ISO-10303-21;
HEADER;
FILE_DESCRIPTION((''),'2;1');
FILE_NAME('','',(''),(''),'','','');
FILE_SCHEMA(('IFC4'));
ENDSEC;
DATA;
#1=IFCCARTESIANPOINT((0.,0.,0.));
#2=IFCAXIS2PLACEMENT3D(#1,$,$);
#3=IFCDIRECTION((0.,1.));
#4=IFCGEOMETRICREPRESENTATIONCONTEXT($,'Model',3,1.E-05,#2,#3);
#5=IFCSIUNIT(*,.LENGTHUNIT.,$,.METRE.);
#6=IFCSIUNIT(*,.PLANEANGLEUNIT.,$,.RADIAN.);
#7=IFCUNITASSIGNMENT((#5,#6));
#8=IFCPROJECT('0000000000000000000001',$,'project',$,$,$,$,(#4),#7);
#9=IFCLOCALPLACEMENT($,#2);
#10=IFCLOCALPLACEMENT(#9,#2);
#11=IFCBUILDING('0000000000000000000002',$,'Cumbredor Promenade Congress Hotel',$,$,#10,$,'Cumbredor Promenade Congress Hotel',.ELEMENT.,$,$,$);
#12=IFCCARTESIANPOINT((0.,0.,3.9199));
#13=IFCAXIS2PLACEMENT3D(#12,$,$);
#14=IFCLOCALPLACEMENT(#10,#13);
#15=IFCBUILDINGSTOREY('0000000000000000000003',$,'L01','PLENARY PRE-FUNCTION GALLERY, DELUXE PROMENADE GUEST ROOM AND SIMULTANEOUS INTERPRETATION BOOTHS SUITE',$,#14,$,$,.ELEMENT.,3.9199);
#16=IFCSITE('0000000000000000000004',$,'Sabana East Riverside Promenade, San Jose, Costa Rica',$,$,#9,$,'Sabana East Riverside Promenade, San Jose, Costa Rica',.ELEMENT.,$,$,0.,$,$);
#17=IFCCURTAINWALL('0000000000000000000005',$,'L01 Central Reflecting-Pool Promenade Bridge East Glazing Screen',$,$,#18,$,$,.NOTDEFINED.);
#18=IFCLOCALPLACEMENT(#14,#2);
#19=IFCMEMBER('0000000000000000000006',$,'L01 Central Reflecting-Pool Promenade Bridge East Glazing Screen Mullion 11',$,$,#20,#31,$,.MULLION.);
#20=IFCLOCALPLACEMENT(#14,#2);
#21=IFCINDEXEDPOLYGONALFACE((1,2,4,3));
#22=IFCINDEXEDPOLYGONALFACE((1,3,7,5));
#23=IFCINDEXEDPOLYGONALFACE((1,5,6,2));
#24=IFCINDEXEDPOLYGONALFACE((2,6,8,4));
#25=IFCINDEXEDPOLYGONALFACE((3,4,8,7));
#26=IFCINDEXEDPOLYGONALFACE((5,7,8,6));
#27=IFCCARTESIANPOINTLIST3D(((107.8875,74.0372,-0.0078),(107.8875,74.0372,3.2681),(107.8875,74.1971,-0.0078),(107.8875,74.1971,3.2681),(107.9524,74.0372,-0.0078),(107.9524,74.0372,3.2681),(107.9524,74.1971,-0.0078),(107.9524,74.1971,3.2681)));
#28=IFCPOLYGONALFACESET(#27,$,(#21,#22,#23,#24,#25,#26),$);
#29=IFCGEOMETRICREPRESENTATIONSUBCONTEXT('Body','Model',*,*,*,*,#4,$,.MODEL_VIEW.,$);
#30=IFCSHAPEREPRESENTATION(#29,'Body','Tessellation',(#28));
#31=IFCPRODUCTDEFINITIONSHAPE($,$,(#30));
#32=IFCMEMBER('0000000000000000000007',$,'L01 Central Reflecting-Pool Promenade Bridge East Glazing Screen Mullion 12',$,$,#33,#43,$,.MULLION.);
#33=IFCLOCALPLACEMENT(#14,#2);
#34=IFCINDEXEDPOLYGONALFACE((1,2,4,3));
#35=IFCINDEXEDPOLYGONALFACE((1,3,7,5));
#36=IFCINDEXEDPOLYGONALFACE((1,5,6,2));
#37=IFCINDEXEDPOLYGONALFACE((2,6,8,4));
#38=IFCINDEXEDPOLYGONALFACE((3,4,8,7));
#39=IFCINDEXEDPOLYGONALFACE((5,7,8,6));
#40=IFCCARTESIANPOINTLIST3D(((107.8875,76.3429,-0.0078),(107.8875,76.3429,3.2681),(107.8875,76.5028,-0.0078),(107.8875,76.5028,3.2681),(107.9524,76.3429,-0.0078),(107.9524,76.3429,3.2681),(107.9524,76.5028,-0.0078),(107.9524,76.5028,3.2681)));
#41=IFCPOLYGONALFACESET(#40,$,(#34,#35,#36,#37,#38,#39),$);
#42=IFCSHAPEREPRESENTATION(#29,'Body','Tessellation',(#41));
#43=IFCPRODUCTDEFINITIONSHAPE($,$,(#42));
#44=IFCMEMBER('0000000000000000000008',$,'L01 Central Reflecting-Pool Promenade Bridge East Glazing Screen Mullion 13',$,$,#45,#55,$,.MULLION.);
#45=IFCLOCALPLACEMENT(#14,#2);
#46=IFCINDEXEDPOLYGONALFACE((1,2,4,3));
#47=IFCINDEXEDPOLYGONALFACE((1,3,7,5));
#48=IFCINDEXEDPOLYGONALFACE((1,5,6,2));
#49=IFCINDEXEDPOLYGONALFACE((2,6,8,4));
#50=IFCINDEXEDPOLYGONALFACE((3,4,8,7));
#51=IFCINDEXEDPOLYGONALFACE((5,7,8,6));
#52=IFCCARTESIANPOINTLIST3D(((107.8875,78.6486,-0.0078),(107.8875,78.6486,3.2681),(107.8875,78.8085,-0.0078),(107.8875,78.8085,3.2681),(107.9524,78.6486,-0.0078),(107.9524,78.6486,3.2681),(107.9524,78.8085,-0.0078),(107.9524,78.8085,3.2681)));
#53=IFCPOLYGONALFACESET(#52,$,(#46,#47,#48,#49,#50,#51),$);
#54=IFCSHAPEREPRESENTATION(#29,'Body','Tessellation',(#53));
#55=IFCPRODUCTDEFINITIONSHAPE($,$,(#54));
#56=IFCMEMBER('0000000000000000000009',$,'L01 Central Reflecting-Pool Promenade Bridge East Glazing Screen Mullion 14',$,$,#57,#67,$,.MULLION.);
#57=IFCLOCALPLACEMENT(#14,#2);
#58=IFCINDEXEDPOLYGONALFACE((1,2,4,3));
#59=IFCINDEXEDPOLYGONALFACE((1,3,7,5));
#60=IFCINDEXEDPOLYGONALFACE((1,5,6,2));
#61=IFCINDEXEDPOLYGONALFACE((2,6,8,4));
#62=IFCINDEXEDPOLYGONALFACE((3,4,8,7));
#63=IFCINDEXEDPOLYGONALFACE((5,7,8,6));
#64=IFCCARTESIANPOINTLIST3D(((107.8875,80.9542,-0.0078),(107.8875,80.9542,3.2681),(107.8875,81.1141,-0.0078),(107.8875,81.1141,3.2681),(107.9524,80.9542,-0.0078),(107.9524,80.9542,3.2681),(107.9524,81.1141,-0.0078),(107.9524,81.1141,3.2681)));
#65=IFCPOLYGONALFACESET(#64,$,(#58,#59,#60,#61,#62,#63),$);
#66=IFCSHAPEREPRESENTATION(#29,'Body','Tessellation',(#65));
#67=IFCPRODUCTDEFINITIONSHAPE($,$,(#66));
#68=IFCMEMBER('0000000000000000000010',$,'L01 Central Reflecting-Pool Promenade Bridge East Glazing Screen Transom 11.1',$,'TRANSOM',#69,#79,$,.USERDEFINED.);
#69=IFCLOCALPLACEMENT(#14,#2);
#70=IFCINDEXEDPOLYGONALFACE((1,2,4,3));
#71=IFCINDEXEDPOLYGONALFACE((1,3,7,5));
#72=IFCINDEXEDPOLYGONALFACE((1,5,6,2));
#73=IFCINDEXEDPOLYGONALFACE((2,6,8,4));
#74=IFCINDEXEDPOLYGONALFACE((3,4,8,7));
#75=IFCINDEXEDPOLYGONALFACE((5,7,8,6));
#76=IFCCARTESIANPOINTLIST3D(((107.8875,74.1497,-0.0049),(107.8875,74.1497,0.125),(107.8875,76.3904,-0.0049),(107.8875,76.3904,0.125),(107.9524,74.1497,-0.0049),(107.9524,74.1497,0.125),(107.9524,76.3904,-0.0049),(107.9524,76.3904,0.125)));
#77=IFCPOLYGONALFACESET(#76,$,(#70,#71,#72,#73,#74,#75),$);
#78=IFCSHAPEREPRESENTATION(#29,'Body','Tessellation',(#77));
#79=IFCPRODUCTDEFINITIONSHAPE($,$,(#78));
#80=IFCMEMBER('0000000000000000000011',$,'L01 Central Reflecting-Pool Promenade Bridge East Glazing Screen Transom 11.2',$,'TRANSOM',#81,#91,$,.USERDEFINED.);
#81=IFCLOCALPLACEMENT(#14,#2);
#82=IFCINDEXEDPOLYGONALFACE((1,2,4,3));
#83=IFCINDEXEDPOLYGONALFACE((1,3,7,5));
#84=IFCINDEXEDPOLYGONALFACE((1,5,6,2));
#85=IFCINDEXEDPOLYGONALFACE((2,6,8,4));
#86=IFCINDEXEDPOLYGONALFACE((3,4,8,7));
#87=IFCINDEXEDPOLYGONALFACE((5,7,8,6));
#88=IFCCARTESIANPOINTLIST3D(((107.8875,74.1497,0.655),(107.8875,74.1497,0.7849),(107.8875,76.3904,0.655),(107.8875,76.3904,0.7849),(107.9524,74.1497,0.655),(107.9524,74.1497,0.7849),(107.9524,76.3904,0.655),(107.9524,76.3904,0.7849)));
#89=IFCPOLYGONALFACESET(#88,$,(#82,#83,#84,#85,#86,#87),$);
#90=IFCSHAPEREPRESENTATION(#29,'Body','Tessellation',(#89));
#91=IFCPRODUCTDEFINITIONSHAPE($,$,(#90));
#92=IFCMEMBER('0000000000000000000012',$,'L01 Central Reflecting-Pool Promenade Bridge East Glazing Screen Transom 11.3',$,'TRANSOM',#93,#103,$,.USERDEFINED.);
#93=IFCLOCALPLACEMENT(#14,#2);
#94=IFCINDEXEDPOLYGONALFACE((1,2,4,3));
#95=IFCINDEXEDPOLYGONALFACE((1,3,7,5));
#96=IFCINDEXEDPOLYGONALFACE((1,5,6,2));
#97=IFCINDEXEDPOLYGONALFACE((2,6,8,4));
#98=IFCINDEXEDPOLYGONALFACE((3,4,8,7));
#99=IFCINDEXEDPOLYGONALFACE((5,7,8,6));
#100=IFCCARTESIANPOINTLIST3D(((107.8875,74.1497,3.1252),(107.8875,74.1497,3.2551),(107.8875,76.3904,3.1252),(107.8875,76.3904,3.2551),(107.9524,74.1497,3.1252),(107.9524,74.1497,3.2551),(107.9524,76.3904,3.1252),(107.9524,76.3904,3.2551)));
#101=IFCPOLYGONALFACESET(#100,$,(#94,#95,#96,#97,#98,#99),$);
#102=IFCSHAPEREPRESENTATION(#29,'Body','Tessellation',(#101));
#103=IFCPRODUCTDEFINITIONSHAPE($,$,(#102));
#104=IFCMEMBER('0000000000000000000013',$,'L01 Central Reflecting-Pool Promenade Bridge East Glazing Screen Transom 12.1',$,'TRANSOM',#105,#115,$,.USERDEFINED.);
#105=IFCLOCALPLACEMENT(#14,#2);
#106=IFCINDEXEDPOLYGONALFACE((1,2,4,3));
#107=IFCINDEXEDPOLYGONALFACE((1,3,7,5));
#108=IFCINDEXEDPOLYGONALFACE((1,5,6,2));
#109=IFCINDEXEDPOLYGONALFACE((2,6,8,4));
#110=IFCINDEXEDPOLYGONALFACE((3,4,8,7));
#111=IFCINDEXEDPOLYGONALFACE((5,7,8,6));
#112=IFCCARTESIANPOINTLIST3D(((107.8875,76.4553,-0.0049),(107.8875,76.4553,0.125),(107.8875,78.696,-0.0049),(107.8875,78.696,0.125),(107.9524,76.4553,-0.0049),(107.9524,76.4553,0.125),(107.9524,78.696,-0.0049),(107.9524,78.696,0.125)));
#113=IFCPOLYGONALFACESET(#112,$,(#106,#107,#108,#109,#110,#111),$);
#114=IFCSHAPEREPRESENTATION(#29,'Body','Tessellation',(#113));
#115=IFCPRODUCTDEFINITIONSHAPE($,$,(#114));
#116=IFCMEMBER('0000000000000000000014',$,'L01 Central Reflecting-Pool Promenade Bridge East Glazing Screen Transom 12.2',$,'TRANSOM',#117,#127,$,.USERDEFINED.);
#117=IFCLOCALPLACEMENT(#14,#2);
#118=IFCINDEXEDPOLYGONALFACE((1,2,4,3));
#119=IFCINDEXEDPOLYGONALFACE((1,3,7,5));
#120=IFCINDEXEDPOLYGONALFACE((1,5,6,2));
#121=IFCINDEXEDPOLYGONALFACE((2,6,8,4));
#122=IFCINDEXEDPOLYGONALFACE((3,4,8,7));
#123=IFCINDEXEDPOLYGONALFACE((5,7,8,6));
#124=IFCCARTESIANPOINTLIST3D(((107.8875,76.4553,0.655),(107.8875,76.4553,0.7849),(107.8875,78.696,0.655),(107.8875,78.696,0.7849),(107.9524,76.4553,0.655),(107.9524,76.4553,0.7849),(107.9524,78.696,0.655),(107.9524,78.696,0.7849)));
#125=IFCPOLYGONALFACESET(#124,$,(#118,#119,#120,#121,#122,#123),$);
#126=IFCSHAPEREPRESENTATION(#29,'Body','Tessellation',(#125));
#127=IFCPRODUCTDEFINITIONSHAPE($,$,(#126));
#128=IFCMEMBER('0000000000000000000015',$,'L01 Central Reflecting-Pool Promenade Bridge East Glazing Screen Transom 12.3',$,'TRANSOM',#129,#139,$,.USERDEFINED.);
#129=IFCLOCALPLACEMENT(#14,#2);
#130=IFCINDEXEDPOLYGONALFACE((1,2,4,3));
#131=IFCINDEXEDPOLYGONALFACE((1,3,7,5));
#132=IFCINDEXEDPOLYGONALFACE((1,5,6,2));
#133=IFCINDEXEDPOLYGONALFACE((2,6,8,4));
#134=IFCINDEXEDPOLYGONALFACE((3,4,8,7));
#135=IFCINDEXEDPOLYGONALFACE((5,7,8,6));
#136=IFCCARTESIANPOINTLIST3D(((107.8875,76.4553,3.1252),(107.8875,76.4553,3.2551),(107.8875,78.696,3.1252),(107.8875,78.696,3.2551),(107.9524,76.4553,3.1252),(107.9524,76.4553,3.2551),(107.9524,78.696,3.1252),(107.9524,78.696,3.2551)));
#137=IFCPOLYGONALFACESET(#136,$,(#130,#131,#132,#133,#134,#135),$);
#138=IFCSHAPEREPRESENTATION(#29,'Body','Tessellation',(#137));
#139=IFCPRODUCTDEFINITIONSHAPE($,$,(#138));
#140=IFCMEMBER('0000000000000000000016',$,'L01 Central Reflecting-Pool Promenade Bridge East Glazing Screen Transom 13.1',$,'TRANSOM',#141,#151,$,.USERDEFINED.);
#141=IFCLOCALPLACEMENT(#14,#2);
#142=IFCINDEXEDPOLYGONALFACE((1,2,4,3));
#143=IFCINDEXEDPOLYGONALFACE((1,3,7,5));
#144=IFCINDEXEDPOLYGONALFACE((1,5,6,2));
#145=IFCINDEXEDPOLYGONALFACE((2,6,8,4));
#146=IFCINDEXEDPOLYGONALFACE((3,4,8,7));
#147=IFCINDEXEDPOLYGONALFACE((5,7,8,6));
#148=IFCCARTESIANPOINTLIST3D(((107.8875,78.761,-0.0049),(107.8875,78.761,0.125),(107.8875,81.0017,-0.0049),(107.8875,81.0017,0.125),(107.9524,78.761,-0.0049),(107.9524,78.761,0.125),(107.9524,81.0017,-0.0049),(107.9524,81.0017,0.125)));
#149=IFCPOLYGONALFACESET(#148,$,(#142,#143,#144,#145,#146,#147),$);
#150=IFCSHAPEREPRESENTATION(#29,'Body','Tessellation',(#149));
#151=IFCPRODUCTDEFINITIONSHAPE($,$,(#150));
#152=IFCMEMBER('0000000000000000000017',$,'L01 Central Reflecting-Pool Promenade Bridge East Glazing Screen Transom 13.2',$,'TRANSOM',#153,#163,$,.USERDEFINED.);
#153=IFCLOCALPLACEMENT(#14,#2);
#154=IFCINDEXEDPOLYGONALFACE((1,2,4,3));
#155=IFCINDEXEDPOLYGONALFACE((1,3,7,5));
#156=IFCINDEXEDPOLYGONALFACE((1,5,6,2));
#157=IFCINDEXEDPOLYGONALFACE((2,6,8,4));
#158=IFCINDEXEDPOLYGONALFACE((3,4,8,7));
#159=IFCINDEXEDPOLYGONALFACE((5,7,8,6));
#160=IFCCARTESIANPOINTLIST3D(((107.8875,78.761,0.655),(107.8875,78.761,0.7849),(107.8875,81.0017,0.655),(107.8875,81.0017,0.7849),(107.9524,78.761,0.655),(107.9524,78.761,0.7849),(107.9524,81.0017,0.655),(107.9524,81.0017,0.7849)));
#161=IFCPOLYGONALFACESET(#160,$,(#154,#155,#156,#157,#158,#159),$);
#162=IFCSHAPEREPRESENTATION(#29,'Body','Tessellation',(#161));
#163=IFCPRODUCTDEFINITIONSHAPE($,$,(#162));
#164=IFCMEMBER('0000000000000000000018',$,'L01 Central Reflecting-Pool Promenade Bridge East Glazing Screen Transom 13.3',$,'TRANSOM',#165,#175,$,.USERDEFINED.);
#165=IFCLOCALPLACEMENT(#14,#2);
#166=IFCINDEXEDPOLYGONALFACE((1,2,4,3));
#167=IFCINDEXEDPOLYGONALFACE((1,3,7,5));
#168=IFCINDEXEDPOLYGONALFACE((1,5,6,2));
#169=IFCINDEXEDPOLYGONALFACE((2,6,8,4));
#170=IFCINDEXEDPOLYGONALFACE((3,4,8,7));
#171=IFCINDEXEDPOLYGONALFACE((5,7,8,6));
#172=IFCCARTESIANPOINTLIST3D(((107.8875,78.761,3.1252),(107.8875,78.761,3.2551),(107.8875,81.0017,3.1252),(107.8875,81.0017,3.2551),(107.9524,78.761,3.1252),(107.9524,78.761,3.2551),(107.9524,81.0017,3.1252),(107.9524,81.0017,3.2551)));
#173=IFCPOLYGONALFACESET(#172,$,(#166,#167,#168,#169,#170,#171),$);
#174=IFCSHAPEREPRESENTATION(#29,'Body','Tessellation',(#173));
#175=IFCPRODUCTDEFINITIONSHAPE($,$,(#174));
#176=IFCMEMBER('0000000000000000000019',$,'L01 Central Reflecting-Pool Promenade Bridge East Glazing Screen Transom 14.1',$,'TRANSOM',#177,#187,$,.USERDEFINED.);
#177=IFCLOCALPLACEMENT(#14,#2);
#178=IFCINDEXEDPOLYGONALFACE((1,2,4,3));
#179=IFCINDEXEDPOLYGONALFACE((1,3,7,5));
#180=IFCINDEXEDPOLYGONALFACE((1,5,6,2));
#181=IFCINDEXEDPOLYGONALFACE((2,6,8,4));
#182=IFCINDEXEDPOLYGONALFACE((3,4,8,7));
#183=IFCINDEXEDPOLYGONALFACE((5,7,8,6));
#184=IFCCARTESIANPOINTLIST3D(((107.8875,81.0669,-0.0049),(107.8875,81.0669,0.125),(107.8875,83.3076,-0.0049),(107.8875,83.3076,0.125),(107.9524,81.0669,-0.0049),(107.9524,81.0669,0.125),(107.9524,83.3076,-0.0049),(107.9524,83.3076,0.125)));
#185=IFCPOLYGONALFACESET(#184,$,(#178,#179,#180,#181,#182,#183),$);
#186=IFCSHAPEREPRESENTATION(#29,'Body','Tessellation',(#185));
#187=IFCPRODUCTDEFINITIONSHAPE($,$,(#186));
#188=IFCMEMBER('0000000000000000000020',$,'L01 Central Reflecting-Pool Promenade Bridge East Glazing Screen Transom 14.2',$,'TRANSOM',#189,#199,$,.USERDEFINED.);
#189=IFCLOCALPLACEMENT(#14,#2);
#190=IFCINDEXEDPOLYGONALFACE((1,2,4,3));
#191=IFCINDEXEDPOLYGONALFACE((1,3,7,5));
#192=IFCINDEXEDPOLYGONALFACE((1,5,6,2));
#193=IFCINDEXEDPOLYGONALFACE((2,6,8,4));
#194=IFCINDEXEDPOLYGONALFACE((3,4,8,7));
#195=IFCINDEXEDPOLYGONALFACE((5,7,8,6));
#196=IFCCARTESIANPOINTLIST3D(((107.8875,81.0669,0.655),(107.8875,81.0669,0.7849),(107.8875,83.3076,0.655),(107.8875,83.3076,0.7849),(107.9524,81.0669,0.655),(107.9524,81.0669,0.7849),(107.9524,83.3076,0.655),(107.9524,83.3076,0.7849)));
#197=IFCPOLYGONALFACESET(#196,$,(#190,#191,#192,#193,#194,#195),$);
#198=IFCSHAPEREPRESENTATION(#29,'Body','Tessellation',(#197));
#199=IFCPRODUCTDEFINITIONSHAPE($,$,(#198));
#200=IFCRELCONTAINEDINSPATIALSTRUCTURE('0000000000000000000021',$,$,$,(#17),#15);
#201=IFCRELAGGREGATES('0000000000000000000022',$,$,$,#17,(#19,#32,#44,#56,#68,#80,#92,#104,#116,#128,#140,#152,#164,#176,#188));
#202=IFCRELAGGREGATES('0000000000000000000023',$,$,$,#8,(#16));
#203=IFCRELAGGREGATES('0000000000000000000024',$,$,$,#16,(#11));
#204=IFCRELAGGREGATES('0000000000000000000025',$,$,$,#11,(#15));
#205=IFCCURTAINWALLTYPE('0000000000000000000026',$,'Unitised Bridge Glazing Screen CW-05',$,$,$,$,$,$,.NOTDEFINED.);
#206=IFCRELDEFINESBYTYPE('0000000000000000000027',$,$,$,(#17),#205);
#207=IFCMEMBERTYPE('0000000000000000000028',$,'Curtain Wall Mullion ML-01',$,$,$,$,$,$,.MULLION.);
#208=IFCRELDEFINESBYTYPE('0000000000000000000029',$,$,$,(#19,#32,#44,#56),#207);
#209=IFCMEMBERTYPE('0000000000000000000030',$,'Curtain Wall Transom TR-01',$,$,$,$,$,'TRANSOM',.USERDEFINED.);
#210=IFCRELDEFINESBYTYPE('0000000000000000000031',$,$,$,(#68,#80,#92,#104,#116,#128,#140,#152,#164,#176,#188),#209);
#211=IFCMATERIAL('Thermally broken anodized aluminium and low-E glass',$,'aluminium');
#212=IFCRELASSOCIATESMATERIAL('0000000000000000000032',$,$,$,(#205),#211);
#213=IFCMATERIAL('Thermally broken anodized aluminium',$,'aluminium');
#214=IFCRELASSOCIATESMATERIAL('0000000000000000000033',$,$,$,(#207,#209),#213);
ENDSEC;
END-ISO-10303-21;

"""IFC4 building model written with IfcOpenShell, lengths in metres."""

from ifc_helpers import new_model, si_unit, direction, frame, origin, origin_2d, place, context, subcontext, project, spatial, rectangle, extrude, material, material_profile, profile_set, type_object, element, aggregate, save


model = new_model("IFC4")

# Units and contexts
model_context = context("Model", 3, precision=1e-05, world=origin(), true_north=direction((0.0, 1.0)))
body_context = subcontext(model_context, "Body", "Model", "MODEL_VIEW")
ifc_project = project(units=[si_unit("LENGTHUNIT", "METRE"), si_unit("PLANEANGLEUNIT", "RADIAN")], contexts=[model_context])

# Site, building, storey
site_placement = place(None, origin())
site = spatial("IfcSite", under=ifc_project, at=site_placement, Name="Sabana East Riverside Promenade, San Jose, Costa Rica", LongName="Sabana East Riverside Promenade, San Jose, Costa Rica", CompositionType="ELEMENT", RefElevation=0.0)
building_placement = place(site_placement, origin())
building = spatial("IfcBuilding", under=site, at=building_placement, Name="Cumbredor Promenade Congress Hotel", LongName="Cumbredor Promenade Congress Hotel", CompositionType="ELEMENT")
storey_placement = place(building_placement, frame((0.0, 0.0, 3.9199)))
storey = spatial("IfcBuildingStorey", under=building, at=storey_placement, Name="L01", Description="PLENARY PRE-FUNCTION GALLERY, DELUXE PROMENADE GUEST ROOM AND SIMULTANEOUS INTERPRETATION BOOTHS SUITE", CompositionType="ELEMENT", Elevation=3.9199)

# Curtain wall, members
ifc_material_1 = material(Name="Thermally broken anodized aluminium and low-E glass", Category="aluminium")
curtain_wall_type = type_object("IfcCurtainWallType", Name="Unitised Bridge Glazing Screen CW-05", PredefinedType="NOTDEFINED", material=ifc_material_1)
curtain_wall_placement = place(storey_placement, origin())
curtain_wall = element("IfcCurtainWall", 1, at=curtain_wall_placement, inside=storey, type_object=curtain_wall_type, Name="L01 Central Reflecting-Pool Promenade Bridge East Glazing Screen", PredefinedType="NOTDEFINED")
ifc_material_2 = material(Name="Thermally broken anodized aluminium", Category="aluminium")
ifc_material_profile_1 = material_profile(ifc_material_2, rectangle(XDim=0.0649, YDim=0.1599, at=origin_2d()), Name="ALU MULLION 65x160")
ifc_profile_set_1 = profile_set([ifc_material_profile_1], Name="Thermally broken anodized aluminium")
member_type_1 = type_object("IfcMemberType", Name="Curtain Wall Mullion ML-01", PredefinedType="MULLION", material=ifc_profile_set_1)
member_1_placement = place(storey_placement, frame((107.9199, 74.1172, -0.0078), z_axis=(0.0, 0.0, 1.0), x_axis=(1.0, 0.0, 0.0)))
member_1 = element("IfcMember", 2, at=member_1_placement, type_object=member_type_1, Name="L01 Central Reflecting-Pool Promenade Bridge East Glazing Screen Mullion 11", PredefinedType="MULLION", context=body_context, shape_type="SweptSolid", body=[
    extrude(rectangle(XDim=0.0649, YDim=0.1599, at=origin_2d()), origin(), (0.0, 0.0, 1.0), 3.2759),
])
member_2_placement = place(storey_placement, frame((107.9199, 76.4229, -0.0078), z_axis=(0.0, 0.0, 1.0), x_axis=(1.0, 0.0, 0.0)))
member_2 = element("IfcMember", 3, at=member_2_placement, type_object=member_type_1, Name="L01 Central Reflecting-Pool Promenade Bridge East Glazing Screen Mullion 12", PredefinedType="MULLION", context=body_context, shape_type="SweptSolid", body=[
    extrude(rectangle(XDim=0.0649, YDim=0.1599, at=origin_2d()), origin(), (0.0, 0.0, 1.0), 3.2759),
])
member_3_placement = place(storey_placement, frame((107.9199, 78.7285, -0.0078), z_axis=(0.0, 0.0, 1.0), x_axis=(1.0, 0.0, 0.0)))
member_3 = element("IfcMember", 4, at=member_3_placement, type_object=member_type_1, Name="L01 Central Reflecting-Pool Promenade Bridge East Glazing Screen Mullion 13", PredefinedType="MULLION", context=body_context, shape_type="SweptSolid", body=[
    extrude(rectangle(XDim=0.0649, YDim=0.1599, at=origin_2d()), origin(), (0.0, 0.0, 1.0), 3.2759),
])
member_4_placement = place(storey_placement, frame((107.9199, 81.0342, -0.0078), z_axis=(0.0, 0.0, 1.0), x_axis=(1.0, 0.0, 0.0)))
member_4 = element("IfcMember", 5, at=member_4_placement, type_object=member_type_1, Name="L01 Central Reflecting-Pool Promenade Bridge East Glazing Screen Mullion 14", PredefinedType="MULLION", context=body_context, shape_type="SweptSolid", body=[
    extrude(rectangle(XDim=0.0649, YDim=0.1599, at=origin_2d()), origin(), (0.0, 0.0, 1.0), 3.2759),
])
ifc_material_profile_2 = material_profile(ifc_material_2, rectangle(XDim=0.0649, YDim=0.1299, at=origin_2d()), Name="ALU TRANSOM 65x130")
ifc_profile_set_2 = profile_set([ifc_material_profile_2], Name="Thermally broken anodized aluminium")
member_type_2 = type_object("IfcMemberType", Name="Curtain Wall Transom TR-01", ElementType="TRANSOM", PredefinedType="USERDEFINED", material=ifc_profile_set_2)
member_5_placement = place(storey_placement, frame((107.9199, 74.1497, 0.0601), z_axis=(0.0, 1.0, 0.0), x_axis=(-1.0, 0.0, 0.0)))
member_5 = element("IfcMember", 6, at=member_5_placement, type_object=member_type_2, Name="L01 Central Reflecting-Pool Promenade Bridge East Glazing Screen Transom 11.1", ObjectType="TRANSOM", PredefinedType="USERDEFINED", context=body_context, shape_type="SweptSolid", body=[
    extrude(rectangle(XDim=0.0649, YDim=0.1299, at=origin_2d()), origin(), (0.0, 0.0, 1.0), 2.2407),
])
member_6_placement = place(storey_placement, frame((107.9199, 74.1497, 0.72), z_axis=(0.0, 1.0, 0.0), x_axis=(-1.0, 0.0, 0.0)))
member_6 = element("IfcMember", 7, at=member_6_placement, type_object=member_type_2, Name="L01 Central Reflecting-Pool Promenade Bridge East Glazing Screen Transom 11.2", ObjectType="TRANSOM", PredefinedType="USERDEFINED", context=body_context, shape_type="SweptSolid", body=[
    extrude(rectangle(XDim=0.0649, YDim=0.1299, at=origin_2d()), origin(), (0.0, 0.0, 1.0), 2.2407),
])
member_7_placement = place(storey_placement, frame((107.9199, 74.1497, 3.1902), z_axis=(0.0, 1.0, 0.0), x_axis=(-1.0, 0.0, 0.0)))
member_7 = element("IfcMember", 8, at=member_7_placement, type_object=member_type_2, Name="L01 Central Reflecting-Pool Promenade Bridge East Glazing Screen Transom 11.3", ObjectType="TRANSOM", PredefinedType="USERDEFINED", context=body_context, shape_type="SweptSolid", body=[
    extrude(rectangle(XDim=0.0649, YDim=0.1299, at=origin_2d()), origin(), (0.0, 0.0, 1.0), 2.2407),
])
member_8_placement = place(storey_placement, frame((107.9199, 76.4553, 0.0601), z_axis=(0.0, 1.0, 0.0), x_axis=(-1.0, 0.0, 0.0)))
member_8 = element("IfcMember", 9, at=member_8_placement, type_object=member_type_2, Name="L01 Central Reflecting-Pool Promenade Bridge East Glazing Screen Transom 12.1", ObjectType="TRANSOM", PredefinedType="USERDEFINED", context=body_context, shape_type="SweptSolid", body=[
    extrude(rectangle(XDim=0.0649, YDim=0.1299, at=origin_2d()), origin(), (0.0, 0.0, 1.0), 2.2407),
])
member_9_placement = place(storey_placement, frame((107.9199, 76.4553, 0.72), z_axis=(0.0, 1.0, 0.0), x_axis=(-1.0, 0.0, 0.0)))
member_9 = element("IfcMember", 10, at=member_9_placement, type_object=member_type_2, Name="L01 Central Reflecting-Pool Promenade Bridge East Glazing Screen Transom 12.2", ObjectType="TRANSOM", PredefinedType="USERDEFINED", context=body_context, shape_type="SweptSolid", body=[
    extrude(rectangle(XDim=0.0649, YDim=0.1299, at=origin_2d()), origin(), (0.0, 0.0, 1.0), 2.2407),
])
member_10_placement = place(storey_placement, frame((107.9199, 76.4553, 3.1902), z_axis=(0.0, 1.0, 0.0), x_axis=(-1.0, 0.0, 0.0)))
member_10 = element("IfcMember", 11, at=member_10_placement, type_object=member_type_2, Name="L01 Central Reflecting-Pool Promenade Bridge East Glazing Screen Transom 12.3", ObjectType="TRANSOM", PredefinedType="USERDEFINED", context=body_context, shape_type="SweptSolid", body=[
    extrude(rectangle(XDim=0.0649, YDim=0.1299, at=origin_2d()), origin(), (0.0, 0.0, 1.0), 2.2407),
])
member_11_placement = place(storey_placement, frame((107.9199, 78.761, 0.0601), z_axis=(0.0, 1.0, 0.0), x_axis=(-1.0, 0.0, 0.0)))
member_11 = element("IfcMember", 12, at=member_11_placement, type_object=member_type_2, Name="L01 Central Reflecting-Pool Promenade Bridge East Glazing Screen Transom 13.1", ObjectType="TRANSOM", PredefinedType="USERDEFINED", context=body_context, shape_type="SweptSolid", body=[
    extrude(rectangle(XDim=0.0649, YDim=0.1299, at=origin_2d()), origin(), (0.0, 0.0, 1.0), 2.2407),
])
member_12_placement = place(storey_placement, frame((107.9199, 78.761, 0.72), z_axis=(0.0, 1.0, 0.0), x_axis=(-1.0, 0.0, 0.0)))
member_12 = element("IfcMember", 13, at=member_12_placement, type_object=member_type_2, Name="L01 Central Reflecting-Pool Promenade Bridge East Glazing Screen Transom 13.2", ObjectType="TRANSOM", PredefinedType="USERDEFINED", context=body_context, shape_type="SweptSolid", body=[
    extrude(rectangle(XDim=0.0649, YDim=0.1299, at=origin_2d()), origin(), (0.0, 0.0, 1.0), 2.2407),
])
member_13_placement = place(storey_placement, frame((107.9199, 78.761, 3.1902), z_axis=(0.0, 1.0, 0.0), x_axis=(-1.0, 0.0, 0.0)))
member_13 = element("IfcMember", 14, at=member_13_placement, type_object=member_type_2, Name="L01 Central Reflecting-Pool Promenade Bridge East Glazing Screen Transom 13.3", ObjectType="TRANSOM", PredefinedType="USERDEFINED", context=body_context, shape_type="SweptSolid", body=[
    extrude(rectangle(XDim=0.0649, YDim=0.1299, at=origin_2d()), origin(), (0.0, 0.0, 1.0), 2.2407),
])
member_14_placement = place(storey_placement, frame((107.9199, 81.0669, 0.0601), z_axis=(0.0, 1.0, 0.0), x_axis=(-1.0, 0.0, 0.0)))
member_14 = element("IfcMember", 15, at=member_14_placement, type_object=member_type_2, Name="L01 Central Reflecting-Pool Promenade Bridge East Glazing Screen Transom 14.1", ObjectType="TRANSOM", PredefinedType="USERDEFINED", context=body_context, shape_type="SweptSolid", body=[
    extrude(rectangle(XDim=0.0649, YDim=0.1299, at=origin_2d()), origin(), (0.0, 0.0, 1.0), 2.2407),
])
member_15_placement = place(storey_placement, frame((107.9199, 81.0669, 0.72), z_axis=(0.0, 1.0, 0.0), x_axis=(-1.0, 0.0, 0.0)))
member_15 = element("IfcMember", 16, at=member_15_placement, type_object=member_type_2, Name="L01 Central Reflecting-Pool Promenade Bridge East Glazing Screen Transom 14.2", ObjectType="TRANSOM", PredefinedType="USERDEFINED", context=body_context, shape_type="SweptSolid", body=[
    extrude(rectangle(XDim=0.0649, YDim=0.1299, at=origin_2d()), origin(), (0.0, 0.0, 1.0), 2.2407),
])
aggregate(curtain_wall, [member_1, member_2, member_3, member_4, member_5, member_6, member_7, member_8, member_9, member_10, member_11, member_12, member_13, member_14, member_15])

save(model, "model.ifc")
